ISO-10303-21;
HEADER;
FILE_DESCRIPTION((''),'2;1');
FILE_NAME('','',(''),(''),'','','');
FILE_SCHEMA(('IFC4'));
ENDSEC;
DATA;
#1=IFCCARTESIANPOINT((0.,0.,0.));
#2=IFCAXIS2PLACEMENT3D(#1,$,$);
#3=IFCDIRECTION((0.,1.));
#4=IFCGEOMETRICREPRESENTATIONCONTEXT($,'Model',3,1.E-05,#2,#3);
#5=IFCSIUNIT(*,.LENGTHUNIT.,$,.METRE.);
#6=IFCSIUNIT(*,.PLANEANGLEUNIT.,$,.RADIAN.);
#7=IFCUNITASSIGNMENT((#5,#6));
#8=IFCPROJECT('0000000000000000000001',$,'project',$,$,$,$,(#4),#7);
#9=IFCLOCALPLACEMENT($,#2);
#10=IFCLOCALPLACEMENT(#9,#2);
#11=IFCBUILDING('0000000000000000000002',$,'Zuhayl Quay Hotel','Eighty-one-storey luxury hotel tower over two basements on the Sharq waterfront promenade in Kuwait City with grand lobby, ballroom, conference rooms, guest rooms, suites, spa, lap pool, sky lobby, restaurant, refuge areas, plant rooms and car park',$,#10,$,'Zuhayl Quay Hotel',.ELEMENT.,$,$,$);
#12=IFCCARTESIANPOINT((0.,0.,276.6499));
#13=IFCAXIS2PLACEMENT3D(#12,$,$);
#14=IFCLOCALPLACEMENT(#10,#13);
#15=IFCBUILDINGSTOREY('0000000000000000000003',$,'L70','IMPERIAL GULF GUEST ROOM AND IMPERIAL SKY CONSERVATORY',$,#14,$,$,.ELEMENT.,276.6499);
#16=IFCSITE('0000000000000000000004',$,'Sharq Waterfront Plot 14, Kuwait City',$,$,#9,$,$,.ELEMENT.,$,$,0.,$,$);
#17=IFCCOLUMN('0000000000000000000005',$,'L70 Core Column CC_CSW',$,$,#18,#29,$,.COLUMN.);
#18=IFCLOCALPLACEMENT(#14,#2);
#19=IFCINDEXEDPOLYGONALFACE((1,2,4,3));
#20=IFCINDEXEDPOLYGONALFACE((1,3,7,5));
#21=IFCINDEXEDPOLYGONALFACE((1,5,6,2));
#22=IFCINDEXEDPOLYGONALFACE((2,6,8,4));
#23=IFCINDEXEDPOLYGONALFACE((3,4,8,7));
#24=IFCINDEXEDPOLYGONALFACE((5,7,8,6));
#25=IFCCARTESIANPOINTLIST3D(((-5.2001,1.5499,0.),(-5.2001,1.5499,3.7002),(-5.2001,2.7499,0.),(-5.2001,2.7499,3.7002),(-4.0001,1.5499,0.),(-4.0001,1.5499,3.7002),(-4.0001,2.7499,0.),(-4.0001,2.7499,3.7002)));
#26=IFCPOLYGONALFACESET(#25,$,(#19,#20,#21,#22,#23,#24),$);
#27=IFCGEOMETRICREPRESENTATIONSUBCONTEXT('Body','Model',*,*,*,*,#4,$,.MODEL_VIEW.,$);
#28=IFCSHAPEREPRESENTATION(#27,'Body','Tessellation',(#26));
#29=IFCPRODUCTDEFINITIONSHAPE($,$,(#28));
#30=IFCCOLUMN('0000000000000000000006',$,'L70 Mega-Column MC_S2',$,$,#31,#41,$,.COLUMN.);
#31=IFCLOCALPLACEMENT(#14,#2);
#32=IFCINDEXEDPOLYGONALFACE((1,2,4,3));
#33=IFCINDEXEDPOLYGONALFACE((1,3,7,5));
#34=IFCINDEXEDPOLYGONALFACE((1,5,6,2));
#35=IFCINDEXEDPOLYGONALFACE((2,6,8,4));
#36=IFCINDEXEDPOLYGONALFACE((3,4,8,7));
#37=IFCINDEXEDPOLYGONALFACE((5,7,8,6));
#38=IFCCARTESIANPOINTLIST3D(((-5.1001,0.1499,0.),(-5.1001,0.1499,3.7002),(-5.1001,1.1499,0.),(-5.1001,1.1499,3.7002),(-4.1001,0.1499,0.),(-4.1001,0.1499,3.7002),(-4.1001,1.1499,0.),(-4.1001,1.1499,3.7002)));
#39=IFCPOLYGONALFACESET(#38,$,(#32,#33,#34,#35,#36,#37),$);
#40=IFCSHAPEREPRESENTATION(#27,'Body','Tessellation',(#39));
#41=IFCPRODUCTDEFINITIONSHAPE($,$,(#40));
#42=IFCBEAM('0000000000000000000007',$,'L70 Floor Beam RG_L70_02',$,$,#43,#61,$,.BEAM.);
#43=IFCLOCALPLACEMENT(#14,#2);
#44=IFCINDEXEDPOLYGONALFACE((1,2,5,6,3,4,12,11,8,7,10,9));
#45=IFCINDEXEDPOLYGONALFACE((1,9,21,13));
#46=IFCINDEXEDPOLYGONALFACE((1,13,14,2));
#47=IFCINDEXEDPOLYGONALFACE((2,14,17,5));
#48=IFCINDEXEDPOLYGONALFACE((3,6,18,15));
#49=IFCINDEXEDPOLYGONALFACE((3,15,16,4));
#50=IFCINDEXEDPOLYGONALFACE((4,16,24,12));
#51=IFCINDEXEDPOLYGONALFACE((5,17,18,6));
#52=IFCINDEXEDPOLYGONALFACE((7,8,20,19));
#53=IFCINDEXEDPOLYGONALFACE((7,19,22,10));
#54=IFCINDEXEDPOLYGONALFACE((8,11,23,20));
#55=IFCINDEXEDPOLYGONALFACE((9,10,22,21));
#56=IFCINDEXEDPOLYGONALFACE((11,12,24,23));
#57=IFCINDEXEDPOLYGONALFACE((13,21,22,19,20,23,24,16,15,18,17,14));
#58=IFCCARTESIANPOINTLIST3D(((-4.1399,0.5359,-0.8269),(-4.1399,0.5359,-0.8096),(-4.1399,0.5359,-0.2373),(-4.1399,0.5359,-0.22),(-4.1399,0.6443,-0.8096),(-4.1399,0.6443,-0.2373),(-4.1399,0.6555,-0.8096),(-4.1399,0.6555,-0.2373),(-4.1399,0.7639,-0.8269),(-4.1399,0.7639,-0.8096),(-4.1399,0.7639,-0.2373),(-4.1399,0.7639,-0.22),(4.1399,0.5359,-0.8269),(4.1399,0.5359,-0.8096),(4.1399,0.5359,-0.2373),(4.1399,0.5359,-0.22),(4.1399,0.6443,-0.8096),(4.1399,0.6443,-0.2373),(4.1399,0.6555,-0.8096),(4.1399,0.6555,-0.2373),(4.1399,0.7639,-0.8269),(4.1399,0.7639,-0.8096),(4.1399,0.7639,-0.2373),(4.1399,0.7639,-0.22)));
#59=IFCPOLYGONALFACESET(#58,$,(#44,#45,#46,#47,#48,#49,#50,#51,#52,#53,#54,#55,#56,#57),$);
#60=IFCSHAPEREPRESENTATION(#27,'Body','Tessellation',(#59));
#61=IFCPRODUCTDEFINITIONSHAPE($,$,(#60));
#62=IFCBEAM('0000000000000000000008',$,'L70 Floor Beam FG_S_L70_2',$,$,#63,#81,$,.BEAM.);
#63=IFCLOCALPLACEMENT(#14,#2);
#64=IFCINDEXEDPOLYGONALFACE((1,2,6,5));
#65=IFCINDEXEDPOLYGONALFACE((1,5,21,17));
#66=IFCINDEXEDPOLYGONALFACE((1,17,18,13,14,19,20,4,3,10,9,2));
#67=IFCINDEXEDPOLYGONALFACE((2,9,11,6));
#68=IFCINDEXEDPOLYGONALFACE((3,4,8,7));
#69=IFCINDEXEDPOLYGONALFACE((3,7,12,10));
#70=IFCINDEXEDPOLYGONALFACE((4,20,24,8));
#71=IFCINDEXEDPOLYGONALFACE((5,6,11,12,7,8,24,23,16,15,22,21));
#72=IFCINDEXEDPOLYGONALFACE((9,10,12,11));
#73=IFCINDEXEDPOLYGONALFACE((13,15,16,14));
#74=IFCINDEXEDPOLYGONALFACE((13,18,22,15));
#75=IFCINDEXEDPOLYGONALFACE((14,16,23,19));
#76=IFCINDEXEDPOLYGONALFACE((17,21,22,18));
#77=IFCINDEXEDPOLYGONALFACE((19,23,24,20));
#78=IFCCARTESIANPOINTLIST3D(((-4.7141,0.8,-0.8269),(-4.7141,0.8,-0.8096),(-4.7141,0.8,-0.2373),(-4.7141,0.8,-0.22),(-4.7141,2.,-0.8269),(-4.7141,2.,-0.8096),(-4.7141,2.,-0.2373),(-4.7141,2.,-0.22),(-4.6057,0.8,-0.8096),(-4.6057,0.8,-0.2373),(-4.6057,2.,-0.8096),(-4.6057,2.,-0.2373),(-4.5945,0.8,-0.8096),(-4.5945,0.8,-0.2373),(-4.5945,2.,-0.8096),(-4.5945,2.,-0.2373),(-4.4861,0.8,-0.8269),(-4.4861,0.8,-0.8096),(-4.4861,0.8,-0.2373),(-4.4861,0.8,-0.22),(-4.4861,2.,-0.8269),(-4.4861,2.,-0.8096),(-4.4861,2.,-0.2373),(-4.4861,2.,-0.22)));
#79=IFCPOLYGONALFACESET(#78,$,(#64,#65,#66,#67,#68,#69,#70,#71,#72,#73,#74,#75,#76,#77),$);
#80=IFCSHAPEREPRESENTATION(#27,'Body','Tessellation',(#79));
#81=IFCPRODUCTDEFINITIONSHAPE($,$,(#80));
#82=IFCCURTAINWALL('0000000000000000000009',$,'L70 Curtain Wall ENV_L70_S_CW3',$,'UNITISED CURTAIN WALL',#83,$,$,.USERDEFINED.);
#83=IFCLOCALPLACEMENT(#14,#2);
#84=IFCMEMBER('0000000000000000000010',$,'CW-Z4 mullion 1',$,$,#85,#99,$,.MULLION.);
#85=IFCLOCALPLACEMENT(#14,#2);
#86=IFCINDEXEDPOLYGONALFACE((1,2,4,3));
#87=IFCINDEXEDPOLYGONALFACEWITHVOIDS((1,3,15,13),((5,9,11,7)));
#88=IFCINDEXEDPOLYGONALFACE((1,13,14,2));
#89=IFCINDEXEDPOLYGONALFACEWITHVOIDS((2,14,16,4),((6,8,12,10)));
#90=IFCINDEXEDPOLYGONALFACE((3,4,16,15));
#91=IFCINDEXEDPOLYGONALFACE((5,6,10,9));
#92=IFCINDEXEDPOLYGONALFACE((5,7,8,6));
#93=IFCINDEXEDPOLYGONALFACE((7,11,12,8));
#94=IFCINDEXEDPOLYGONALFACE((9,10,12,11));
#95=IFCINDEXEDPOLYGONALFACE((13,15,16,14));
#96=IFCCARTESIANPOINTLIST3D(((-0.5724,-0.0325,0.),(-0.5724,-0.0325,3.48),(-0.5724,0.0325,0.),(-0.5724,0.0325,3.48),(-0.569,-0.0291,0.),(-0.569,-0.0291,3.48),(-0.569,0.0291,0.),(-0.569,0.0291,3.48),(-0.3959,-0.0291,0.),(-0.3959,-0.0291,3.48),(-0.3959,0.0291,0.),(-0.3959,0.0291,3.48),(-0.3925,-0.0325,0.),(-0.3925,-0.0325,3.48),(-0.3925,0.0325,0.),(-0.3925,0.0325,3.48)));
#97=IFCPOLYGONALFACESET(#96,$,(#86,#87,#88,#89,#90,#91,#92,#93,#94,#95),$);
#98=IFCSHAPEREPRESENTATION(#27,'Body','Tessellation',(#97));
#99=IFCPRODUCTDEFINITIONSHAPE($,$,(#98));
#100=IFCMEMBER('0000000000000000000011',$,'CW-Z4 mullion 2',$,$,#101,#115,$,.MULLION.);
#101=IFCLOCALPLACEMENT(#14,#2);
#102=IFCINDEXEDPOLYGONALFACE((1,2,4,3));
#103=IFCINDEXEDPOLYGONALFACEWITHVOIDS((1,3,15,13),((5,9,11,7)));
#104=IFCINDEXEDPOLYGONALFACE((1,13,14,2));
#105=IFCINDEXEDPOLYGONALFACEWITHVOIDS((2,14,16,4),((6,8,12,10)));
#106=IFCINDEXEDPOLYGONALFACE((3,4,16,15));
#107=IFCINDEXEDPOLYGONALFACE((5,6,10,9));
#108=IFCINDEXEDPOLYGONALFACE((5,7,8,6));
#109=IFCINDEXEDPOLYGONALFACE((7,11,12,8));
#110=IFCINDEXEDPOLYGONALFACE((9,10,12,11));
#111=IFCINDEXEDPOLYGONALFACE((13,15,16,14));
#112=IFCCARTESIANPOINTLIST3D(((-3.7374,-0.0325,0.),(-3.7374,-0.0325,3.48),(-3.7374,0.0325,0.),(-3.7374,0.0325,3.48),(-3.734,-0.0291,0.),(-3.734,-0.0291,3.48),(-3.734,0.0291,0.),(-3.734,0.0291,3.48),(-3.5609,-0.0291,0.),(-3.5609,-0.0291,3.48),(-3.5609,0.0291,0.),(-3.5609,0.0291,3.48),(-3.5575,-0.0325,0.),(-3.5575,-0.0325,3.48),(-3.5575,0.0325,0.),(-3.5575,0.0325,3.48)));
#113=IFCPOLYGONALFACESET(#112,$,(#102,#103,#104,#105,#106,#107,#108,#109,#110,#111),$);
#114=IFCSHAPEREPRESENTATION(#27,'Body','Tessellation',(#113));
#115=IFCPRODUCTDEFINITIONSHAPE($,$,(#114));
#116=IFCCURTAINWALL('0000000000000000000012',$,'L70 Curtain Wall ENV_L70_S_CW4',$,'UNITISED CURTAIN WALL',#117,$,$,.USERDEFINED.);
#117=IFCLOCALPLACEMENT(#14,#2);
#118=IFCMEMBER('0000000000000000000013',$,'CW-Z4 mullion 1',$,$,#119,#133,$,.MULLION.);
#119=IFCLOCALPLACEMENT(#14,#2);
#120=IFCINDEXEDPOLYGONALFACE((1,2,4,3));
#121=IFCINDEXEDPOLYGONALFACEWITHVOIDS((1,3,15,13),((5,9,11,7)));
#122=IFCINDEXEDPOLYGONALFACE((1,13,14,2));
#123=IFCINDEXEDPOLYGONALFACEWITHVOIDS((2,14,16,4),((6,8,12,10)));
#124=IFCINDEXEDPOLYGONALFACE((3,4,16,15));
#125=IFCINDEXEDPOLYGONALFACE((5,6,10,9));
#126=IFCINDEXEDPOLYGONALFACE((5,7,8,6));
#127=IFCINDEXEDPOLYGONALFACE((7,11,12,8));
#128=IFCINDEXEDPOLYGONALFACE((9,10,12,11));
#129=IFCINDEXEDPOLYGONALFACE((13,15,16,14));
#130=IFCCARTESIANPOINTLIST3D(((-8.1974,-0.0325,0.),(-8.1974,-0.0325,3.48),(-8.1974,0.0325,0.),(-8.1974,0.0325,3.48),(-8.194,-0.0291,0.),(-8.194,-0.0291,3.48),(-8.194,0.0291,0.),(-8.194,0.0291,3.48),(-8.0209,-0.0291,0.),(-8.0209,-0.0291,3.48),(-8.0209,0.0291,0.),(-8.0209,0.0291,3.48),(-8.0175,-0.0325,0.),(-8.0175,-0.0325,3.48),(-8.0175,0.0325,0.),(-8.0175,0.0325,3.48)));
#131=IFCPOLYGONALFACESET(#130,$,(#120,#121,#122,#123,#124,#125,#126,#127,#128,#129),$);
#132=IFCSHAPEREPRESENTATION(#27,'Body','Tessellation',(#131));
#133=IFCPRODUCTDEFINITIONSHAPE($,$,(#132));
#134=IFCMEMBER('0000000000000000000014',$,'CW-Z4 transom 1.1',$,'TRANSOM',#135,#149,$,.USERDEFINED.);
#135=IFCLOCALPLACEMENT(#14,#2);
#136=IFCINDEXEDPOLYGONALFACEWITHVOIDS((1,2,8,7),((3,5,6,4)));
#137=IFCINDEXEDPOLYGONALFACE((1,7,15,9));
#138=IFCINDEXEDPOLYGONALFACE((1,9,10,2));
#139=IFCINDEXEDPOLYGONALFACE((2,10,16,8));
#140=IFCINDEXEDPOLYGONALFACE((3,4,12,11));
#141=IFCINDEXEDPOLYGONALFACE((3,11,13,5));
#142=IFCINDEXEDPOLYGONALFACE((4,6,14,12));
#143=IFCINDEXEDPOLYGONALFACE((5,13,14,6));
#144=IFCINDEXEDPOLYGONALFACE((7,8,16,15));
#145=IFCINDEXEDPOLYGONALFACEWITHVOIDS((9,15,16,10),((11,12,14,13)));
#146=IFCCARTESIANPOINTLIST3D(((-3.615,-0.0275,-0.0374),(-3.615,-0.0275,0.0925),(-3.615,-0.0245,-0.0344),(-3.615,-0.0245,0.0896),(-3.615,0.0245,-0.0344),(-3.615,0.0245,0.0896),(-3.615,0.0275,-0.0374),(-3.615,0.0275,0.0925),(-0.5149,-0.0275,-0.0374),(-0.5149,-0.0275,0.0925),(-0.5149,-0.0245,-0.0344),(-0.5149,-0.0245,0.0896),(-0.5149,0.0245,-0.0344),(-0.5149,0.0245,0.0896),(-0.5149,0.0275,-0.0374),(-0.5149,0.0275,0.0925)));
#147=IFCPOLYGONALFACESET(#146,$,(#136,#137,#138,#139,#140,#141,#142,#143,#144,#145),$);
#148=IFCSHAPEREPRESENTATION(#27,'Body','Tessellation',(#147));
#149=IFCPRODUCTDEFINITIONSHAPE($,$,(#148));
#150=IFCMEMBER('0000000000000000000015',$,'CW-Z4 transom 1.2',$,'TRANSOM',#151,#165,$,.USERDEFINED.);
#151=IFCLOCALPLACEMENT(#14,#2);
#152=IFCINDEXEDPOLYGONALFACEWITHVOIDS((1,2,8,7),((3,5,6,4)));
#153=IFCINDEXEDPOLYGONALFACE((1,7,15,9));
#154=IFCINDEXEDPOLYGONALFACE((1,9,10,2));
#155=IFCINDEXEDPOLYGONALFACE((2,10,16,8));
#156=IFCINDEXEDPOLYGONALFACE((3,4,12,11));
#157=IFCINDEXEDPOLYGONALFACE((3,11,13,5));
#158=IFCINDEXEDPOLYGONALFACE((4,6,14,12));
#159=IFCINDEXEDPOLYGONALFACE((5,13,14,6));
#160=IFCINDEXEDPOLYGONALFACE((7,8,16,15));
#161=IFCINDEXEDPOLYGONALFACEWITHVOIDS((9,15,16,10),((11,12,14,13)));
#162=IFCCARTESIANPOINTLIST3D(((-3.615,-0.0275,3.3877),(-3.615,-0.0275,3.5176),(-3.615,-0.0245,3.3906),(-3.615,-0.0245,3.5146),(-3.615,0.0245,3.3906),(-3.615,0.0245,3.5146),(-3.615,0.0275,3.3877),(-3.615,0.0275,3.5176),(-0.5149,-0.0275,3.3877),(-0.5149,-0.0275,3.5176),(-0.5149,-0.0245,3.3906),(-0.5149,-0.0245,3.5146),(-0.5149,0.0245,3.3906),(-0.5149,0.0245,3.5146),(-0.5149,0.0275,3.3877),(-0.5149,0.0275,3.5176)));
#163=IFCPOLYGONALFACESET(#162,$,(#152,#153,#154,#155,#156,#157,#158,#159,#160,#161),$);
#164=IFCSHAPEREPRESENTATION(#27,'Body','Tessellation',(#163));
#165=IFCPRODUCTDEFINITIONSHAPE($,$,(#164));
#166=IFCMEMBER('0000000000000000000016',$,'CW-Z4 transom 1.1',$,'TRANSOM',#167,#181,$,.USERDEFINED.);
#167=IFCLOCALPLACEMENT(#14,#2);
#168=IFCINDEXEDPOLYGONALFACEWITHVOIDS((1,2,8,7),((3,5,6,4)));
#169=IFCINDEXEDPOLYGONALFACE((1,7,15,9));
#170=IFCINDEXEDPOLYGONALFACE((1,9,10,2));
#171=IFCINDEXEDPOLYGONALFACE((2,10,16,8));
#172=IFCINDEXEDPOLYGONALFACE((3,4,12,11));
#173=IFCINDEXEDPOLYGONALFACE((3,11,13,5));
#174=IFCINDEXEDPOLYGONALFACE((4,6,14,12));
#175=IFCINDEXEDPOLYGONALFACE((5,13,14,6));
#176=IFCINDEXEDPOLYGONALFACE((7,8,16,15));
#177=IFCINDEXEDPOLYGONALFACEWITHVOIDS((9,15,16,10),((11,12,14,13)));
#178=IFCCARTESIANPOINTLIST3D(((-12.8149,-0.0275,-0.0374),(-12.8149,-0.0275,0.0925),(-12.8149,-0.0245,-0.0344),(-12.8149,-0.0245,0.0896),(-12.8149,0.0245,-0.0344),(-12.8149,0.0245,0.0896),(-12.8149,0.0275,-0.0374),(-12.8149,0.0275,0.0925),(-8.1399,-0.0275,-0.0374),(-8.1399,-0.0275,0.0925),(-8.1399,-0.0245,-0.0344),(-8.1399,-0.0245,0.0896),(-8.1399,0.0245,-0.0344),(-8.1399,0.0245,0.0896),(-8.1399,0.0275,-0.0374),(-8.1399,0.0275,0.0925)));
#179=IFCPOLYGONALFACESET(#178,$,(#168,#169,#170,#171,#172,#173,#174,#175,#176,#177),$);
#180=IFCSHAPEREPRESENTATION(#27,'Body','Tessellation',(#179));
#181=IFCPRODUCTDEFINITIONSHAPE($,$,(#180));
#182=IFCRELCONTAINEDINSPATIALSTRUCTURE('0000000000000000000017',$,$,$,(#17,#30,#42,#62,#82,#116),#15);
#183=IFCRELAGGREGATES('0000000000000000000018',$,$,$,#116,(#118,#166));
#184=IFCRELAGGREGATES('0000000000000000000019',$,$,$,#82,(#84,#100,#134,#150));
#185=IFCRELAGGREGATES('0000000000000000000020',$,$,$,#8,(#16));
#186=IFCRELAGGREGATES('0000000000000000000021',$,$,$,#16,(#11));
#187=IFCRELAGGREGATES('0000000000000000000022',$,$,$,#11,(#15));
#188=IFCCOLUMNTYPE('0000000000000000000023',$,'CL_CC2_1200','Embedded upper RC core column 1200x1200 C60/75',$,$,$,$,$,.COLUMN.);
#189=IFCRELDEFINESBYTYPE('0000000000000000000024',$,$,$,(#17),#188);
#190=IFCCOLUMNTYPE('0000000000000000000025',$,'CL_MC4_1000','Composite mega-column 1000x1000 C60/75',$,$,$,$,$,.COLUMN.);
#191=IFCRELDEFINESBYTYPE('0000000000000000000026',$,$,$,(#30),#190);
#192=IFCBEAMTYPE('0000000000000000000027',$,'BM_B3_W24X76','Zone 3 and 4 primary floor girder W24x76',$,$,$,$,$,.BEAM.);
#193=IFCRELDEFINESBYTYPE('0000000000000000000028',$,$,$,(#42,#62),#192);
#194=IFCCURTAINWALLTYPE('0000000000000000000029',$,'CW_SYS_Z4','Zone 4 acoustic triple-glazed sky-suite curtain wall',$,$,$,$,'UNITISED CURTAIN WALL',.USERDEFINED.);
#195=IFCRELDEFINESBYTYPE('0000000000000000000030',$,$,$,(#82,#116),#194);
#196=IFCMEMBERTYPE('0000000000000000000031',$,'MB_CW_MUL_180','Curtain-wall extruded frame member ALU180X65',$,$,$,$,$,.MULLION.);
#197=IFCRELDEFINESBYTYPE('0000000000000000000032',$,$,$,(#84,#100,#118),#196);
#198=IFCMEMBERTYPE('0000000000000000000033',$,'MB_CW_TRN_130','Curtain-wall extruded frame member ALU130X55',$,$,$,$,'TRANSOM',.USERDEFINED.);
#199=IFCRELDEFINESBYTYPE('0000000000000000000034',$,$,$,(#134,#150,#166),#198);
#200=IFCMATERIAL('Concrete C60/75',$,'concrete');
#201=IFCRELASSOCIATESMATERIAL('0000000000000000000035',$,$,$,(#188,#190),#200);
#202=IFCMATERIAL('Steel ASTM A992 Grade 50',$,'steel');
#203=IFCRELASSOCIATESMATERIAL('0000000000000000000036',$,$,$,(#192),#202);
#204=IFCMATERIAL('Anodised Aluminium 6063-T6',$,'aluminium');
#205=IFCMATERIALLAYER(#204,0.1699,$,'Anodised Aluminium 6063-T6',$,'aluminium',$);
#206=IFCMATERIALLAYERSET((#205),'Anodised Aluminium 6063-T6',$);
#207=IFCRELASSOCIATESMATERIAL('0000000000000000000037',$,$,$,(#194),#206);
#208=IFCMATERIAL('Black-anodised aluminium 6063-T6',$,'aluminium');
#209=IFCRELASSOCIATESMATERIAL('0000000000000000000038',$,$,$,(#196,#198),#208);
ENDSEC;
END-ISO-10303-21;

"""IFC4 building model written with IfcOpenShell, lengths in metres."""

from ifc_helpers import new_model, si_unit, direction, frame, origin, origin_2d, place, context, subcontext, project, spatial, rectangle, hollow_rectangle, i_section, extrude, material, layer, layer_set, material_profile, profile_set, type_object, element, aggregate, save


model = new_model("IFC4")

# Units and contexts
model_context = context("Model", 3, precision=1e-05, world=origin(), true_north=direction((0.0, 1.0)))
body_context = subcontext(model_context, "Body", "Model", "MODEL_VIEW")
ifc_project = project(units=[si_unit("LENGTHUNIT", "METRE"), si_unit("PLANEANGLEUNIT", "RADIAN")], contexts=[model_context])

# Site, building, storey
site_placement = place(None, origin())
site = spatial("IfcSite", under=ifc_project, at=site_placement, Name="Sharq Waterfront Plot 14, Kuwait City", CompositionType="ELEMENT", RefElevation=0.0)
building_placement = place(site_placement, origin())
building = spatial("IfcBuilding", under=site, at=building_placement, Name="Zuhayl Quay Hotel", Description="Eighty-one-storey luxury hotel tower over two basements on the Sharq waterfront promenade in Kuwait City with grand lobby, ballroom, conference rooms, guest rooms, suites, spa, lap pool, sky lobby, restaurant, refuge areas, plant rooms and car park", LongName="Zuhayl Quay Hotel", CompositionType="ELEMENT")
storey_placement = place(building_placement, frame((0.0, 0.0, 276.6499)))
storey = spatial("IfcBuildingStorey", under=building, at=storey_placement, Name="L70", Description="IMPERIAL GULF GUEST ROOM AND IMPERIAL SKY CONSERVATORY", CompositionType="ELEMENT", Elevation=276.6499)

# Columns
ifc_material_1 = material(Name="Concrete C60/75", Category="concrete")
ifc_material_profile_1 = material_profile(ifc_material_1, rectangle(XDim=1.2, YDim=1.2, at=origin_2d()), Name="RC1200X1200")
ifc_profile_set_1 = profile_set([ifc_material_profile_1], Name="Concrete C60/75")
column_type_1 = type_object("IfcColumnType", Name="CL_CC2_1200", Description="Embedded upper RC core column 1200x1200 C60/75", PredefinedType="COLUMN", material=ifc_profile_set_1)
column_1_placement = place(storey_placement, frame((-4.6001, 2.1499, 0.0), z_axis=(0.0, 0.0, 1.0), x_axis=(1.0, 0.0, 0.0)))
element("IfcColumn", 1, at=column_1_placement, inside=storey, type_object=column_type_1, Name="L70 Core Column CC_CSW", PredefinedType="COLUMN", context=body_context, shape_type="SweptSolid", body=[
    extrude(rectangle(XDim=1.2, YDim=1.2, at=origin_2d()), origin(), (0.0, 0.0, 1.0), 3.7002),
])
ifc_material_profile_2 = material_profile(ifc_material_1, rectangle(XDim=1.0, YDim=1.0, at=origin_2d()), Name="RC1000X1000")
ifc_profile_set_2 = profile_set([ifc_material_profile_2], Name="Concrete C60/75")
column_type_2 = type_object("IfcColumnType", Name="CL_MC4_1000", Description="Composite mega-column 1000x1000 C60/75", PredefinedType="COLUMN", material=ifc_profile_set_2)
column_2_placement = place(storey_placement, frame((-4.6001, 0.6499, 0.0), z_axis=(0.0, 0.0, 1.0), x_axis=(1.0, 0.0, 0.0)))
element("IfcColumn", 2, at=column_2_placement, inside=storey, type_object=column_type_2, Name="L70 Mega-Column MC_S2", PredefinedType="COLUMN", context=body_context, shape_type="SweptSolid", body=[
    extrude(rectangle(XDim=1.0, YDim=1.0, at=origin_2d()), origin(), (0.0, 0.0, 1.0), 3.7002),
])

# Beams
ifc_material_2 = material(Name="Steel ASTM A992 Grade 50", Category="steel")
ifc_material_profile_3 = material_profile(ifc_material_2, i_section(OverallWidth=0.228, OverallDepth=0.6069, WebThickness=0.0112, FlangeThickness=0.0173, at=origin_2d()), Name="W24X76")
ifc_profile_set_3 = profile_set([ifc_material_profile_3], Name="Steel ASTM A992 Grade 50")
beam_type = type_object("IfcBeamType", Name="BM_B3_W24X76", Description="Zone 3 and 4 primary floor girder W24x76", PredefinedType="BEAM", material=ifc_profile_set_3)
beam_1_placement = place(storey_placement, frame((-4.1399, 0.6499, -0.5234), z_axis=(1.0, 0.0, 0.0), x_axis=(0.0, 1.0, 0.0)))
element("IfcBeam", 3, at=beam_1_placement, inside=storey, type_object=beam_type, Name="L70 Floor Beam RG_L70_02", PredefinedType="BEAM", context=body_context, shape_type="SweptSolid", body=[
    extrude(i_section(OverallWidth=0.228, OverallDepth=0.6069, WebThickness=0.0112, FlangeThickness=0.0173, at=origin_2d()), origin(), (0.0, 0.0, 1.0), 8.2798),
])
beam_2_placement = place(storey_placement, frame((-4.6001, 0.8, -0.5234), z_axis=(0.0, 1.0, 0.0), x_axis=(-1.0, 0.0, 0.0)))
element("IfcBeam", 4, at=beam_2_placement, inside=storey, type_object=beam_type, Name="L70 Floor Beam FG_S_L70_2", PredefinedType="BEAM", context=body_context, shape_type="SweptSolid", body=[
    extrude(i_section(OverallWidth=0.228, OverallDepth=0.6069, WebThickness=0.0112, FlangeThickness=0.0173, at=origin_2d()), origin(), (0.0, 0.0, 1.0), 1.2),
])

# Curtain wall, members
ifc_material_3 = material(Name="Anodised Aluminium 6063-T6", Category="aluminium")
ifc_layer_1 = layer(ifc_material_3, 0.1699, Name="Anodised Aluminium 6063-T6", Category="aluminium")
ifc_layer_set_1 = layer_set([ifc_layer_1], Name="Anodised Aluminium 6063-T6")
curtain_wall_type = type_object("IfcCurtainWallType", Name="CW_SYS_Z4", Description="Zone 4 acoustic triple-glazed sky-suite curtain wall", ElementType="UNITISED CURTAIN WALL", PredefinedType="USERDEFINED", material=ifc_layer_set_1)
curtain_wall_1_placement = place(storey_placement, origin())
curtain_wall_1 = element("IfcCurtainWall", 5, at=curtain_wall_1_placement, inside=storey, type_object=curtain_wall_type, Name="L70 Curtain Wall ENV_L70_S_CW3", ObjectType="UNITISED CURTAIN WALL", PredefinedType="USERDEFINED")
ifc_material_4 = material(Name="Black-anodised aluminium 6063-T6", Category="aluminium")
ifc_material_profile_4 = material_profile(ifc_material_4, hollow_rectangle(XDim=0.0649, YDim=0.1799, WallThickness=0.0034, at=origin_2d()), Name="ALU180X65")
ifc_profile_set_4 = profile_set([ifc_material_profile_4], Name="Black-anodised aluminium 6063-T6")
member_type_1 = type_object("IfcMemberType", Name="MB_CW_MUL_180", Description="Curtain-wall extruded frame member ALU180X65", PredefinedType="MULLION", material=ifc_profile_set_4)
member_1_placement = place(storey_placement, frame((-0.4824, 0.0, 0.0), z_axis=(0.0, 0.0, 1.0), x_axis=(0.0, -1.0, 0.0)))
member_1 = element("IfcMember", 6, at=member_1_placement, type_object=member_type_1, Name="CW-Z4 mullion 1", PredefinedType="MULLION", context=body_context, shape_type="SweptSolid", body=[
    extrude(hollow_rectangle(XDim=0.0649, YDim=0.1799, WallThickness=0.0034, at=origin_2d()), origin(), (0.0, 0.0, 1.0), 3.48),
])
member_2_placement = place(storey_placement, frame((-3.6475, 0.0, 0.0), z_axis=(0.0, 0.0, 1.0), x_axis=(0.0, -1.0, 0.0)))
member_2 = element("IfcMember", 7, at=member_2_placement, type_object=member_type_1, Name="CW-Z4 mullion 2", PredefinedType="MULLION", context=body_context, shape_type="SweptSolid", body=[
    extrude(hollow_rectangle(XDim=0.0649, YDim=0.1799, WallThickness=0.0034, at=origin_2d()), origin(), (0.0, 0.0, 1.0), 3.48),
])

# Curtain wall, member
curtain_wall_2_placement = place(storey_placement, origin())
curtain_wall_2 = element("IfcCurtainWall", 8, at=curtain_wall_2_placement, inside=storey, type_object=curtain_wall_type, Name="L70 Curtain Wall ENV_L70_S_CW4", ObjectType="UNITISED CURTAIN WALL", PredefinedType="USERDEFINED")
member_3_placement = place(storey_placement, frame((-8.1074, 0.0, 0.0), z_axis=(0.0, 0.0, 1.0), x_axis=(0.0, -1.0, 0.0)))
member_3 = element("IfcMember", 9, at=member_3_placement, type_object=member_type_1, Name="CW-Z4 mullion 1", PredefinedType="MULLION", context=body_context, shape_type="SweptSolid", body=[
    extrude(hollow_rectangle(XDim=0.0649, YDim=0.1799, WallThickness=0.0034, at=origin_2d()), origin(), (0.0, 0.0, 1.0), 3.48),
])

# Members
ifc_material_profile_5 = material_profile(ifc_material_4, hollow_rectangle(XDim=0.0549, YDim=0.1299, WallThickness=0.0029, at=origin_2d()), Name="ALU130X55")
ifc_profile_set_5 = profile_set([ifc_material_profile_5], Name="Black-anodised aluminium 6063-T6")
member_type_2 = type_object("IfcMemberType", Name="MB_CW_TRN_130", Description="Curtain-wall extruded frame member ALU130X55", ElementType="TRANSOM", PredefinedType="USERDEFINED", material=ifc_profile_set_5)
member_4_placement = place(storey_placement, frame((-0.5149, 0.0, 0.0276), z_axis=(-1.0, 0.0, 0.0), x_axis=(0.0, -1.0, 0.0)))
member_4 = element("IfcMember", 10, at=member_4_placement, type_object=member_type_2, Name="CW-Z4 transom 1.1", ObjectType="TRANSOM", PredefinedType="USERDEFINED", context=body_context, shape_type="SweptSolid", body=[
    extrude(hollow_rectangle(XDim=0.0549, YDim=0.1299, WallThickness=0.0029, at=origin_2d()), origin(), (0.0, 0.0, 1.0), 3.1001),
])
member_5_placement = place(storey_placement, frame((-0.5149, 0.0, 3.4526), z_axis=(-1.0, 0.0, 0.0), x_axis=(0.0, -1.0, 0.0)))
member_5 = element("IfcMember", 11, at=member_5_placement, type_object=member_type_2, Name="CW-Z4 transom 1.2", ObjectType="TRANSOM", PredefinedType="USERDEFINED", context=body_context, shape_type="SweptSolid", body=[
    extrude(hollow_rectangle(XDim=0.0549, YDim=0.1299, WallThickness=0.0029, at=origin_2d()), origin(), (0.0, 0.0, 1.0), 3.1001),
])
member_6_placement = place(storey_placement, frame((-8.1399, 0.0, 0.0276), z_axis=(-1.0, 0.0, 0.0), x_axis=(0.0, -1.0, 0.0)))
member_6 = element("IfcMember", 12, at=member_6_placement, type_object=member_type_2, Name="CW-Z4 transom 1.1", ObjectType="TRANSOM", PredefinedType="USERDEFINED", context=body_context, shape_type="SweptSolid", body=[
    extrude(hollow_rectangle(XDim=0.0549, YDim=0.1299, WallThickness=0.0029, at=origin_2d()), origin(), (0.0, 0.0, 1.0), 4.675),
])
aggregate(curtain_wall_2, [member_3, member_6])

aggregate(curtain_wall_1, [member_1, member_2, member_4, member_5])

save(model, "model.ifc")
